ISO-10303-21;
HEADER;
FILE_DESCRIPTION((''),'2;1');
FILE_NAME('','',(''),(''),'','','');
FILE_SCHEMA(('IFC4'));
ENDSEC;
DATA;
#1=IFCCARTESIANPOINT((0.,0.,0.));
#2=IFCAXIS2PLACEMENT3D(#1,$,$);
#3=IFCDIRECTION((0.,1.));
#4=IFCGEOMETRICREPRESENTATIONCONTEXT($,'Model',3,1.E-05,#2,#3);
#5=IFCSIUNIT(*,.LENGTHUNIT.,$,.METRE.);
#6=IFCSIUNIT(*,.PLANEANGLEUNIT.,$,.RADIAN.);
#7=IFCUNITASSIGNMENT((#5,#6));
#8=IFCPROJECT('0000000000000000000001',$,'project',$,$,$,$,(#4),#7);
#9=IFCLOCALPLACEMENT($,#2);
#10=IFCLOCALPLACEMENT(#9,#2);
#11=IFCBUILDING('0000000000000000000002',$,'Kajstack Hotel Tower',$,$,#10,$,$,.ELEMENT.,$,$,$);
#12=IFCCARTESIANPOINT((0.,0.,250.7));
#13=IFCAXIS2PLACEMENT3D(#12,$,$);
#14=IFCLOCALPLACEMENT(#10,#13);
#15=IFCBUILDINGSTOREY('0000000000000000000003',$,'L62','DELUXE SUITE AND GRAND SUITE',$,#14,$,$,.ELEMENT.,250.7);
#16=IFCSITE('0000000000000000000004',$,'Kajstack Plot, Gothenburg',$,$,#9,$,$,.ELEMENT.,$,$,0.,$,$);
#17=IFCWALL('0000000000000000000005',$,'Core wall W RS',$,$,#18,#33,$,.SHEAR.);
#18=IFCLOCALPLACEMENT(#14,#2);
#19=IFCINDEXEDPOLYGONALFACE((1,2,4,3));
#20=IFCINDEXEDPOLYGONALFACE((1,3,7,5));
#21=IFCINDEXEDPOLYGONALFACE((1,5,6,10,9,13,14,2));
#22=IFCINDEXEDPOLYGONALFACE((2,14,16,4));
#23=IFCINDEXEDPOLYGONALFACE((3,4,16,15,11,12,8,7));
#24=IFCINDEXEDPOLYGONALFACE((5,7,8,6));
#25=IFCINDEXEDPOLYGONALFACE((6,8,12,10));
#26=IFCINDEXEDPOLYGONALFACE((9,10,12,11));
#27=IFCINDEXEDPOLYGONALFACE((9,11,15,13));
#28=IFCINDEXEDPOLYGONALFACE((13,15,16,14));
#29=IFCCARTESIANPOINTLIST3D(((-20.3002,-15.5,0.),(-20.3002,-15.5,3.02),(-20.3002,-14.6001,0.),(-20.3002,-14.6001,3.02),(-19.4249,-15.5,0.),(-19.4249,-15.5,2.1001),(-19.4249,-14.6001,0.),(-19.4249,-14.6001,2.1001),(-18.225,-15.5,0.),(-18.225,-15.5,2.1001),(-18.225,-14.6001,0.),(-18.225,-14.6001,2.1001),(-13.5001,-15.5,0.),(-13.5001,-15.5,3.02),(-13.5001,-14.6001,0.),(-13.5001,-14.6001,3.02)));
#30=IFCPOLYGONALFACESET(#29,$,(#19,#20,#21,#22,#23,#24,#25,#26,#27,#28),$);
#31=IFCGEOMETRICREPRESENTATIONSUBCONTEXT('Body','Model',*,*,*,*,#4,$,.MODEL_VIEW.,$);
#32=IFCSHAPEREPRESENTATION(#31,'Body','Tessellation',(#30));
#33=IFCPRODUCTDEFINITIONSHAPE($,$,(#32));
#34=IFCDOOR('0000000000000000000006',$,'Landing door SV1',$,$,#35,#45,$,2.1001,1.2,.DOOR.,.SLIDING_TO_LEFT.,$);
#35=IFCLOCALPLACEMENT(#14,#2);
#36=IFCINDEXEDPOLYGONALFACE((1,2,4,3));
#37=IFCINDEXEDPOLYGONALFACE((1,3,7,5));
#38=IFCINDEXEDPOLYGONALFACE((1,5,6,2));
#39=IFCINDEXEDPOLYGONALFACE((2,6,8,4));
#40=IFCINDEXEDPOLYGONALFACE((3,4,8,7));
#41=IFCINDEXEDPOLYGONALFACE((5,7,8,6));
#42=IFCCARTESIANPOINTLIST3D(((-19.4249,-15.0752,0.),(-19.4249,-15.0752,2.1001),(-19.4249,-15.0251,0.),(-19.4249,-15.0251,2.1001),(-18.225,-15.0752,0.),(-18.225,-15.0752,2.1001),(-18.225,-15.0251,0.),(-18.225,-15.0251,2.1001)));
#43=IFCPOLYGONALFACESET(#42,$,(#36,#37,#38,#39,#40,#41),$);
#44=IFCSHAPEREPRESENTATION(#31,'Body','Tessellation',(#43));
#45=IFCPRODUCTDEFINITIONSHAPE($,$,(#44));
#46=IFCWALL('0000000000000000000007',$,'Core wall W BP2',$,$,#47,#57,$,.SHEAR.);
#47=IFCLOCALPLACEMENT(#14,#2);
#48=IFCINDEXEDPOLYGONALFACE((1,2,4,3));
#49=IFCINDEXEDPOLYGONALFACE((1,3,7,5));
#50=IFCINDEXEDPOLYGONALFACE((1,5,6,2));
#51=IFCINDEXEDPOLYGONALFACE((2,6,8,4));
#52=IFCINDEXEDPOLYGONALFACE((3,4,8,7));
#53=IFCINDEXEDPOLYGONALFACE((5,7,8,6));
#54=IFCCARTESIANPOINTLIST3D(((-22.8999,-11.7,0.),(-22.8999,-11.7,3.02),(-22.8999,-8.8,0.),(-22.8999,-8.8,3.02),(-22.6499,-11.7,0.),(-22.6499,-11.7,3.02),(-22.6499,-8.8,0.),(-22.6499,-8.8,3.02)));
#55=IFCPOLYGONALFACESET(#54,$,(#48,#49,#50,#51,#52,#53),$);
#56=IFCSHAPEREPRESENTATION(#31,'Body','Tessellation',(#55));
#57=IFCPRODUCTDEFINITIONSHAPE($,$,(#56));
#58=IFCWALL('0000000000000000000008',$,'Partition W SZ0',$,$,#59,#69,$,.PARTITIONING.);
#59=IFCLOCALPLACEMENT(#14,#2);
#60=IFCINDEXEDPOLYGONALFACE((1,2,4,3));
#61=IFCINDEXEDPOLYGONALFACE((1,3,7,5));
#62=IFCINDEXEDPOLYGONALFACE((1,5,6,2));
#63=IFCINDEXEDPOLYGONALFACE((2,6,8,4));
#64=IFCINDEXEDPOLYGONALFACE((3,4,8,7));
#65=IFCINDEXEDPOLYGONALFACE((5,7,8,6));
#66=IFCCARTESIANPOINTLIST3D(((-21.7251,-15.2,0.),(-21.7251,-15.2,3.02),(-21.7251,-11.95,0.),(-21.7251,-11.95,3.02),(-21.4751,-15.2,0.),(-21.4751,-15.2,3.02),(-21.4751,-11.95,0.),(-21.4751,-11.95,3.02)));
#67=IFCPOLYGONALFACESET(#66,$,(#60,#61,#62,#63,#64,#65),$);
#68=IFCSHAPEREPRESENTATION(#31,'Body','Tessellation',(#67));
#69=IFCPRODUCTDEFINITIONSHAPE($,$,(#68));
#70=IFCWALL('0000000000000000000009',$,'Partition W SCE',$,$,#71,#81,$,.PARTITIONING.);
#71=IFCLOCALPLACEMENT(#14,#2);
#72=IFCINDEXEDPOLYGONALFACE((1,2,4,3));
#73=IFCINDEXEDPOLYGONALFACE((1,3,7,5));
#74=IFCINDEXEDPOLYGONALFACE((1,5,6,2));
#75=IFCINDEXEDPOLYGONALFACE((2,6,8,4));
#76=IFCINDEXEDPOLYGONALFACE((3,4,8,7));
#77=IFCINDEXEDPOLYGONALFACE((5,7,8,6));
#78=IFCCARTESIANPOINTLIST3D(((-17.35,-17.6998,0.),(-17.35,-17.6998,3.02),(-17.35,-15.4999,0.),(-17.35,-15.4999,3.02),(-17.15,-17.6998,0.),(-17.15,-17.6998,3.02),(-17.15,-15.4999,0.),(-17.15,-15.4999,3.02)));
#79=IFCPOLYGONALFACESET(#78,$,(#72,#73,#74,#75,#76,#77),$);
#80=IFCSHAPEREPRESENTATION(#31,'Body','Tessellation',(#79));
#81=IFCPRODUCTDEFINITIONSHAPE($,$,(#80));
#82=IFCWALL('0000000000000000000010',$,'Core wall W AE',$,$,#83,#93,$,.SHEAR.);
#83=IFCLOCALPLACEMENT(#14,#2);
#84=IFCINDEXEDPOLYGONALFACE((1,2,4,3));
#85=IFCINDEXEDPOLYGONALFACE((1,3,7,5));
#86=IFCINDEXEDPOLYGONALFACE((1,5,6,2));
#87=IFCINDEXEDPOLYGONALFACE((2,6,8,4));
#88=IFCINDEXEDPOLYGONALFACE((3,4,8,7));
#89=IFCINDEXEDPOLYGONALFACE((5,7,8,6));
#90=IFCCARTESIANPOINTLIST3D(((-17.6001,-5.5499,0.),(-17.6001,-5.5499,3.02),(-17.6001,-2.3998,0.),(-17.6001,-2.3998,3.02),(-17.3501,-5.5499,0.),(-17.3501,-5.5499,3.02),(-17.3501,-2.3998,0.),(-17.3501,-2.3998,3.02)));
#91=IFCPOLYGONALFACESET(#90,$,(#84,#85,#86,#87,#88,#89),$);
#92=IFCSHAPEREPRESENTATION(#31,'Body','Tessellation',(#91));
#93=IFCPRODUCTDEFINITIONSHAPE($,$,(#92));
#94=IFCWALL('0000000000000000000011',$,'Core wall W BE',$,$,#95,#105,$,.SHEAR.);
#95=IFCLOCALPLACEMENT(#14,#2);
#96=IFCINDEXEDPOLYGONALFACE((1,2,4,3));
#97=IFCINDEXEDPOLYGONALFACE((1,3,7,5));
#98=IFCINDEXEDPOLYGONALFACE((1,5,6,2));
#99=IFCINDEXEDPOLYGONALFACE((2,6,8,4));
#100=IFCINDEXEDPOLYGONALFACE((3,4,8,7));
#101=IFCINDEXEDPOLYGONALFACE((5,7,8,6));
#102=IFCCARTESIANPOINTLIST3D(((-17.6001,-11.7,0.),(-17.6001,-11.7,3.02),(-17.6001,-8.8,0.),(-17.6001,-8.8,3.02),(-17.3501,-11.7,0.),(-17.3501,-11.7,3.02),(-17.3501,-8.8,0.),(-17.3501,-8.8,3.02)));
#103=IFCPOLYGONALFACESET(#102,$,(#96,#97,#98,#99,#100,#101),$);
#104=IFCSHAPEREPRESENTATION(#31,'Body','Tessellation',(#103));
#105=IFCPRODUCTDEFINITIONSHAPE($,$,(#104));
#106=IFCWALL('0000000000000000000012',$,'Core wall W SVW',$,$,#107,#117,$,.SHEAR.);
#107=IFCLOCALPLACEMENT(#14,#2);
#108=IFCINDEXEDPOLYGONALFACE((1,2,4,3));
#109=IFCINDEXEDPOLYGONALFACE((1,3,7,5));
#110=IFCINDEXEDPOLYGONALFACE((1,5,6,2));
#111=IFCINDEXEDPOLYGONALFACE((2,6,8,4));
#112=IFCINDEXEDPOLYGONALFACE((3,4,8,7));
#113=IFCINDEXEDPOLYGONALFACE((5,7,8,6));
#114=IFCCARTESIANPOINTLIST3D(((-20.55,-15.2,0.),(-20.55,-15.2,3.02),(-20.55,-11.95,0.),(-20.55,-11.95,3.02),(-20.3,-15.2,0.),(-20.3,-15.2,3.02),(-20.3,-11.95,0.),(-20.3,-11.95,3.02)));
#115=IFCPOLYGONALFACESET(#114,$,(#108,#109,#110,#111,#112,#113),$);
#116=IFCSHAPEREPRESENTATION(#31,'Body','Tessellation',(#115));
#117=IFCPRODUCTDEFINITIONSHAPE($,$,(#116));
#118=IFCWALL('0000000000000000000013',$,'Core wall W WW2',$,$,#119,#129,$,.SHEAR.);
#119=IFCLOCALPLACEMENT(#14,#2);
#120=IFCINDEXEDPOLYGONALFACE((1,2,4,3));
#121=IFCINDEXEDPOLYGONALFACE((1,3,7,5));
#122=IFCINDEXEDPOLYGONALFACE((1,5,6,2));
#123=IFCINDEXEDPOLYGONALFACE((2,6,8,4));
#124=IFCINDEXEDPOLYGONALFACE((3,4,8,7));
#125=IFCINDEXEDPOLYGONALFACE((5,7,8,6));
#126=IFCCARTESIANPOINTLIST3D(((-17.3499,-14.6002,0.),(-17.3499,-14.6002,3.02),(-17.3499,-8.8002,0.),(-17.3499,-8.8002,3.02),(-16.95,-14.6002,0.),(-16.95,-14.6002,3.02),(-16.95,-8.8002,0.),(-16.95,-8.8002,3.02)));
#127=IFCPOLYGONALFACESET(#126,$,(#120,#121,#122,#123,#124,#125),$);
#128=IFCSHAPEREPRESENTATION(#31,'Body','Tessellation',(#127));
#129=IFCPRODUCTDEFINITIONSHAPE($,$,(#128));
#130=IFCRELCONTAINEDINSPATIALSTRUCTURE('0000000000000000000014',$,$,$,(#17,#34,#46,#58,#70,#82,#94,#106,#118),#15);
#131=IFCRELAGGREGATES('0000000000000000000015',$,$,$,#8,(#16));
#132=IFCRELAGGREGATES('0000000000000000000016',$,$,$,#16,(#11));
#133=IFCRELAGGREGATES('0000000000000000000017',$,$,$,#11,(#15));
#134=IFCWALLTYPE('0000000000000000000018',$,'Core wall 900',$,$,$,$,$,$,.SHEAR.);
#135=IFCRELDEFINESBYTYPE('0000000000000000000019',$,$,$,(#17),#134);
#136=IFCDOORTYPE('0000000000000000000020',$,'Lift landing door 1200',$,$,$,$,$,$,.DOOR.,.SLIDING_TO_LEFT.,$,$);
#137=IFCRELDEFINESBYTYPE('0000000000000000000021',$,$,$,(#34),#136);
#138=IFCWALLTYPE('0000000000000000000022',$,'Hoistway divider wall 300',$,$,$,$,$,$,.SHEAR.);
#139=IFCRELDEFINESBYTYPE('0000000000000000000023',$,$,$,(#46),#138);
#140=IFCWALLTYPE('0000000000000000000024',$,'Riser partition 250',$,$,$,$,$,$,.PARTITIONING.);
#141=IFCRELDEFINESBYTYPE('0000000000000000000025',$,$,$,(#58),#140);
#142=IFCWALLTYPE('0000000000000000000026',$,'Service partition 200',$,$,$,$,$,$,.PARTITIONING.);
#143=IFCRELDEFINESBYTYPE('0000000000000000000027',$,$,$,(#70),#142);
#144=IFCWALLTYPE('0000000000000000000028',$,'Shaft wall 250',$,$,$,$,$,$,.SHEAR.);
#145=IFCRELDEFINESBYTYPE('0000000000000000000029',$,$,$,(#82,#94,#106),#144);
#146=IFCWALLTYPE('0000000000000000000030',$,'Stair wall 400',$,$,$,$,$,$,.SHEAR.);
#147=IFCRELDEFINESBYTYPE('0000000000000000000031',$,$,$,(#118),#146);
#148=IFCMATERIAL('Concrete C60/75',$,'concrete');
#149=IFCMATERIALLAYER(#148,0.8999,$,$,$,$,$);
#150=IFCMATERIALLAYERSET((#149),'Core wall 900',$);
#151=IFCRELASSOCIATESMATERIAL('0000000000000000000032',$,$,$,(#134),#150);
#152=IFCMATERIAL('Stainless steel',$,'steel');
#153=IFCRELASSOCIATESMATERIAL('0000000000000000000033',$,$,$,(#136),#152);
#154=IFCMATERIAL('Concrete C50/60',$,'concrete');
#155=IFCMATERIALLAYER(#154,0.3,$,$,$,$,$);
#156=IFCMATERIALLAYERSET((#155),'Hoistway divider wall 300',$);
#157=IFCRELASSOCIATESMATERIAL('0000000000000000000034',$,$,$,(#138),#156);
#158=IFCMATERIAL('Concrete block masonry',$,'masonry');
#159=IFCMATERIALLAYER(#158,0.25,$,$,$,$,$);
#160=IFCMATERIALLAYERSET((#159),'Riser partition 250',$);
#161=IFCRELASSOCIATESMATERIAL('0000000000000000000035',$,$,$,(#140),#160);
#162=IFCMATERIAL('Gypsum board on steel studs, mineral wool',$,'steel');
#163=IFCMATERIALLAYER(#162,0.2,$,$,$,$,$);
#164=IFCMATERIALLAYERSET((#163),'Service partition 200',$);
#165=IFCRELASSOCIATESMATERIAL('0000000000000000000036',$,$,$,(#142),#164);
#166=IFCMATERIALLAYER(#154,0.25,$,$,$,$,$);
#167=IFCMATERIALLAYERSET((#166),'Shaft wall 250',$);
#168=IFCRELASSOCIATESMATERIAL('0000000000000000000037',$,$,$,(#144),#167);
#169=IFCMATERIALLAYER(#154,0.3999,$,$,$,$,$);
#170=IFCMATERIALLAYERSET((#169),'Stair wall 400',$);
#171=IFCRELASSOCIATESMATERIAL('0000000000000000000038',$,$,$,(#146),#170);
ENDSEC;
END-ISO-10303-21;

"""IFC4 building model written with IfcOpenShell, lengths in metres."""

from ifc_helpers import new_model, si_unit, direction, frame, frame_2d, origin, place, context, subcontext, project, spatial, rectangle, extrude, material, layer, layer_set, type_object, element, fill, save


model = new_model("IFC4")

# Units and contexts
model_context = context("Model", 3, precision=1e-05, world=origin(), true_north=direction((0.0, 1.0)))
body_context = subcontext(model_context, "Body", "Model", "MODEL_VIEW")
ifc_project = project(units=[si_unit("LENGTHUNIT", "METRE"), si_unit("PLANEANGLEUNIT", "RADIAN")], contexts=[model_context])

# Site, building, storey
site_placement = place(None, origin())
site = spatial("IfcSite", under=ifc_project, at=site_placement, Name="Kajstack Plot, Gothenburg", CompositionType="ELEMENT", RefElevation=0.0)
building_placement = place(site_placement, origin())
building = spatial("IfcBuilding", under=site, at=building_placement, Name="Kajstack Hotel Tower", CompositionType="ELEMENT")
storey_placement = place(building_placement, frame((0.0, 0.0, 250.7)))
storey = spatial("IfcBuildingStorey", under=building, at=storey_placement, Name="L62", Description="DELUXE SUITE AND GRAND SUITE", CompositionType="ELEMENT", Elevation=250.7)

# Wall, opening, door
ifc_material_1 = material(Name="Concrete C60/75", Category="concrete")
ifc_layer_1 = layer(ifc_material_1, 0.8999)
ifc_layer_set_1 = layer_set([ifc_layer_1], Name="Core wall 900")
wall_type_1 = type_object("IfcWallType", Name="Core wall 900", PredefinedType="SHEAR", material=ifc_layer_set_1)
wall_1_placement = place(storey_placement, frame((-20.3, -15.05, 0.0), z_axis=(0.0, 0.0, 1.0), x_axis=(1.0, 0.0, 0.0)))
wall_1 = element("IfcWall", 1, at=wall_1_placement, inside=storey, type_object=wall_type_1, Name="Core wall W RS", PredefinedType="SHEAR", context=body_context, shape_type="SweptSolid", body=[
    extrude(rectangle(XDim=6.8, YDim=0.8999, at=frame_2d((3.3999, 0.0))), origin(), (0.0, 0.0, 1.0), 3.02),
])
opening_placement = place(wall_1_placement, frame((0.875, 0.0, 0.0)))
opening = element("IfcOpeningElement", 2, at=opening_placement, cuts=wall_1, PredefinedType="OPENING", context=body_context, shape_type="SweptSolid", body=[
    extrude(rectangle(XDim=1.2, YDim=2.1001, at=frame_2d((0.6001, 1.05))), frame((0.0, 0.46, 0.0), z_axis=(0.0, -1.0, 0.0), x_axis=(1.0, 0.0, 0.0)), (0.0, 0.0, 1.0), 0.9199),
])
ifc_material_2 = material(Name="Stainless steel", Category="steel")
door_type = type_object("IfcDoorType", Name="Lift landing door 1200", OperationType="SLIDING_TO_LEFT", PredefinedType="DOOR", material=ifc_material_2)
door_placement = place(opening_placement, origin())
door = element("IfcDoor", 3, at=door_placement, inside=storey, type_object=door_type, Name="Landing door SV1", OperationType="SLIDING_TO_LEFT", OverallHeight=2.1001, OverallWidth=1.2, PredefinedType="DOOR", context=body_context, shape_type="SweptSolid", body=[
    extrude(rectangle(XDim=1.2, YDim=2.1001, at=frame_2d((0.6001, 1.05))), frame((0.0, 0.0249, 0.0), z_axis=(0.0, -1.0, 0.0), x_axis=(1.0, 0.0, 0.0)), (0.0, 0.0, 1.0), 0.05),
])
fill(opening, door)

# Walls
ifc_material_3 = material(Name="Concrete C50/60", Category="concrete")
ifc_layer_2 = layer(ifc_material_3, 0.3)
ifc_layer_set_2 = layer_set([ifc_layer_2], Name="Hoistway divider wall 300")
wall_type_2 = type_object("IfcWallType", Name="Hoistway divider wall 300", PredefinedType="SHEAR", material=ifc_layer_set_2)
wall_2_placement = place(storey_placement, frame((-22.7749, -11.7, 0.0), z_axis=(0.0, 0.0, 1.0), x_axis=(0.0, 1.0, 0.0)))
element("IfcWall", 4, at=wall_2_placement, inside=storey, type_object=wall_type_2, Name="Core wall W BP2", PredefinedType="SHEAR", context=body_context, shape_type="SweptSolid", body=[
    extrude(rectangle(XDim=2.8999, YDim=0.25, at=frame_2d((1.45, 0.0))), origin(), (0.0, 0.0, 1.0), 3.02),
])
ifc_material_4 = material(Name="Concrete block masonry", Category="masonry")
ifc_layer_3 = layer(ifc_material_4, 0.25)
ifc_layer_set_3 = layer_set([ifc_layer_3], Name="Riser partition 250")
wall_type_3 = type_object("IfcWallType", Name="Riser partition 250", PredefinedType="PARTITIONING", material=ifc_layer_set_3)
wall_3_placement = place(storey_placement, frame((-21.6001, -15.2, 0.0), z_axis=(0.0, 0.0, 1.0), x_axis=(0.0, 1.0, 0.0)))
element("IfcWall", 5, at=wall_3_placement, inside=storey, type_object=wall_type_3, Name="Partition W SZ0", PredefinedType="PARTITIONING", context=body_context, shape_type="SweptSolid", body=[
    extrude(rectangle(XDim=3.25, YDim=0.25, at=frame_2d((1.625, 0.0))), origin(), (0.0, 0.0, 1.0), 3.02),
])
ifc_material_5 = material(Name="Gypsum board on steel studs, mineral wool", Category="steel")
ifc_layer_4 = layer(ifc_material_5, 0.2)
ifc_layer_set_4 = layer_set([ifc_layer_4], Name="Service partition 200")
wall_type_4 = type_object("IfcWallType", Name="Service partition 200", PredefinedType="PARTITIONING", material=ifc_layer_set_4)
wall_4_placement = place(storey_placement, frame((-17.25, -17.7, 0.0), z_axis=(0.0, 0.0, 1.0), x_axis=(0.0, 1.0, 0.0)))
element("IfcWall", 6, at=wall_4_placement, inside=storey, type_object=wall_type_4, Name="Partition W SCE", PredefinedType="PARTITIONING", context=body_context, shape_type="SweptSolid", body=[
    extrude(rectangle(XDim=2.2, YDim=0.2, at=frame_2d((1.1001, 0.0))), origin(), (0.0, 0.0, 1.0), 3.02),
])
ifc_layer_5 = layer(ifc_material_3, 0.25)
ifc_layer_set_5 = layer_set([ifc_layer_5], Name="Shaft wall 250")
wall_type_5 = type_object("IfcWallType", Name="Shaft wall 250", PredefinedType="SHEAR", material=ifc_layer_set_5)
wall_5_placement = place(storey_placement, frame((-17.4751, -5.55, 0.0), z_axis=(0.0, 0.0, 1.0), x_axis=(0.0, 1.0, 0.0)))
element("IfcWall", 7, at=wall_5_placement, inside=storey, type_object=wall_type_5, Name="Core wall W AE", PredefinedType="SHEAR", context=body_context, shape_type="SweptSolid", body=[
    extrude(rectangle(XDim=3.1501, YDim=0.25, at=frame_2d((1.5752, 0.0))), origin(), (0.0, 0.0, 1.0), 3.02),
])
wall_6_placement = place(storey_placement, frame((-17.4751, -11.7, 0.0), z_axis=(0.0, 0.0, 1.0), x_axis=(0.0, 1.0, 0.0)))
element("IfcWall", 8, at=wall_6_placement, inside=storey, type_object=wall_type_5, Name="Core wall W BE", PredefinedType="SHEAR", context=body_context, shape_type="SweptSolid", body=[
    extrude(rectangle(XDim=2.8999, YDim=0.25, at=frame_2d((1.45, 0.0))), origin(), (0.0, 0.0, 1.0), 3.02),
])
wall_7_placement = place(storey_placement, frame((-20.425, -15.2, 0.0), z_axis=(0.0, 0.0, 1.0), x_axis=(0.0, 1.0, 0.0)))
element("IfcWall", 9, at=wall_7_placement, inside=storey, type_object=wall_type_5, Name="Core wall W SVW", PredefinedType="SHEAR", context=body_context, shape_type="SweptSolid", body=[
    extrude(rectangle(XDim=3.25, YDim=0.25, at=frame_2d((1.625, 0.0))), origin(), (0.0, 0.0, 1.0), 3.02),
])
ifc_layer_6 = layer(ifc_material_3, 0.3999)
ifc_layer_set_6 = layer_set([ifc_layer_6], Name="Stair wall 400")
wall_type_6 = type_object("IfcWallType", Name="Stair wall 400", PredefinedType="SHEAR", material=ifc_layer_set_6)
wall_8_placement = place(storey_placement, frame((-17.1499, -14.6001, 0.0), z_axis=(0.0, 0.0, 1.0), x_axis=(0.0, 1.0, 0.0)))
element("IfcWall", 10, at=wall_8_placement, inside=storey, type_object=wall_type_6, Name="Core wall W WW2", PredefinedType="SHEAR", context=body_context, shape_type="SweptSolid", body=[
    extrude(rectangle(XDim=5.8, YDim=0.3999, at=frame_2d((2.8999, 0.0))), origin(), (0.0, 0.0, 1.0), 3.02),
])

save(model, "model.ifc")
